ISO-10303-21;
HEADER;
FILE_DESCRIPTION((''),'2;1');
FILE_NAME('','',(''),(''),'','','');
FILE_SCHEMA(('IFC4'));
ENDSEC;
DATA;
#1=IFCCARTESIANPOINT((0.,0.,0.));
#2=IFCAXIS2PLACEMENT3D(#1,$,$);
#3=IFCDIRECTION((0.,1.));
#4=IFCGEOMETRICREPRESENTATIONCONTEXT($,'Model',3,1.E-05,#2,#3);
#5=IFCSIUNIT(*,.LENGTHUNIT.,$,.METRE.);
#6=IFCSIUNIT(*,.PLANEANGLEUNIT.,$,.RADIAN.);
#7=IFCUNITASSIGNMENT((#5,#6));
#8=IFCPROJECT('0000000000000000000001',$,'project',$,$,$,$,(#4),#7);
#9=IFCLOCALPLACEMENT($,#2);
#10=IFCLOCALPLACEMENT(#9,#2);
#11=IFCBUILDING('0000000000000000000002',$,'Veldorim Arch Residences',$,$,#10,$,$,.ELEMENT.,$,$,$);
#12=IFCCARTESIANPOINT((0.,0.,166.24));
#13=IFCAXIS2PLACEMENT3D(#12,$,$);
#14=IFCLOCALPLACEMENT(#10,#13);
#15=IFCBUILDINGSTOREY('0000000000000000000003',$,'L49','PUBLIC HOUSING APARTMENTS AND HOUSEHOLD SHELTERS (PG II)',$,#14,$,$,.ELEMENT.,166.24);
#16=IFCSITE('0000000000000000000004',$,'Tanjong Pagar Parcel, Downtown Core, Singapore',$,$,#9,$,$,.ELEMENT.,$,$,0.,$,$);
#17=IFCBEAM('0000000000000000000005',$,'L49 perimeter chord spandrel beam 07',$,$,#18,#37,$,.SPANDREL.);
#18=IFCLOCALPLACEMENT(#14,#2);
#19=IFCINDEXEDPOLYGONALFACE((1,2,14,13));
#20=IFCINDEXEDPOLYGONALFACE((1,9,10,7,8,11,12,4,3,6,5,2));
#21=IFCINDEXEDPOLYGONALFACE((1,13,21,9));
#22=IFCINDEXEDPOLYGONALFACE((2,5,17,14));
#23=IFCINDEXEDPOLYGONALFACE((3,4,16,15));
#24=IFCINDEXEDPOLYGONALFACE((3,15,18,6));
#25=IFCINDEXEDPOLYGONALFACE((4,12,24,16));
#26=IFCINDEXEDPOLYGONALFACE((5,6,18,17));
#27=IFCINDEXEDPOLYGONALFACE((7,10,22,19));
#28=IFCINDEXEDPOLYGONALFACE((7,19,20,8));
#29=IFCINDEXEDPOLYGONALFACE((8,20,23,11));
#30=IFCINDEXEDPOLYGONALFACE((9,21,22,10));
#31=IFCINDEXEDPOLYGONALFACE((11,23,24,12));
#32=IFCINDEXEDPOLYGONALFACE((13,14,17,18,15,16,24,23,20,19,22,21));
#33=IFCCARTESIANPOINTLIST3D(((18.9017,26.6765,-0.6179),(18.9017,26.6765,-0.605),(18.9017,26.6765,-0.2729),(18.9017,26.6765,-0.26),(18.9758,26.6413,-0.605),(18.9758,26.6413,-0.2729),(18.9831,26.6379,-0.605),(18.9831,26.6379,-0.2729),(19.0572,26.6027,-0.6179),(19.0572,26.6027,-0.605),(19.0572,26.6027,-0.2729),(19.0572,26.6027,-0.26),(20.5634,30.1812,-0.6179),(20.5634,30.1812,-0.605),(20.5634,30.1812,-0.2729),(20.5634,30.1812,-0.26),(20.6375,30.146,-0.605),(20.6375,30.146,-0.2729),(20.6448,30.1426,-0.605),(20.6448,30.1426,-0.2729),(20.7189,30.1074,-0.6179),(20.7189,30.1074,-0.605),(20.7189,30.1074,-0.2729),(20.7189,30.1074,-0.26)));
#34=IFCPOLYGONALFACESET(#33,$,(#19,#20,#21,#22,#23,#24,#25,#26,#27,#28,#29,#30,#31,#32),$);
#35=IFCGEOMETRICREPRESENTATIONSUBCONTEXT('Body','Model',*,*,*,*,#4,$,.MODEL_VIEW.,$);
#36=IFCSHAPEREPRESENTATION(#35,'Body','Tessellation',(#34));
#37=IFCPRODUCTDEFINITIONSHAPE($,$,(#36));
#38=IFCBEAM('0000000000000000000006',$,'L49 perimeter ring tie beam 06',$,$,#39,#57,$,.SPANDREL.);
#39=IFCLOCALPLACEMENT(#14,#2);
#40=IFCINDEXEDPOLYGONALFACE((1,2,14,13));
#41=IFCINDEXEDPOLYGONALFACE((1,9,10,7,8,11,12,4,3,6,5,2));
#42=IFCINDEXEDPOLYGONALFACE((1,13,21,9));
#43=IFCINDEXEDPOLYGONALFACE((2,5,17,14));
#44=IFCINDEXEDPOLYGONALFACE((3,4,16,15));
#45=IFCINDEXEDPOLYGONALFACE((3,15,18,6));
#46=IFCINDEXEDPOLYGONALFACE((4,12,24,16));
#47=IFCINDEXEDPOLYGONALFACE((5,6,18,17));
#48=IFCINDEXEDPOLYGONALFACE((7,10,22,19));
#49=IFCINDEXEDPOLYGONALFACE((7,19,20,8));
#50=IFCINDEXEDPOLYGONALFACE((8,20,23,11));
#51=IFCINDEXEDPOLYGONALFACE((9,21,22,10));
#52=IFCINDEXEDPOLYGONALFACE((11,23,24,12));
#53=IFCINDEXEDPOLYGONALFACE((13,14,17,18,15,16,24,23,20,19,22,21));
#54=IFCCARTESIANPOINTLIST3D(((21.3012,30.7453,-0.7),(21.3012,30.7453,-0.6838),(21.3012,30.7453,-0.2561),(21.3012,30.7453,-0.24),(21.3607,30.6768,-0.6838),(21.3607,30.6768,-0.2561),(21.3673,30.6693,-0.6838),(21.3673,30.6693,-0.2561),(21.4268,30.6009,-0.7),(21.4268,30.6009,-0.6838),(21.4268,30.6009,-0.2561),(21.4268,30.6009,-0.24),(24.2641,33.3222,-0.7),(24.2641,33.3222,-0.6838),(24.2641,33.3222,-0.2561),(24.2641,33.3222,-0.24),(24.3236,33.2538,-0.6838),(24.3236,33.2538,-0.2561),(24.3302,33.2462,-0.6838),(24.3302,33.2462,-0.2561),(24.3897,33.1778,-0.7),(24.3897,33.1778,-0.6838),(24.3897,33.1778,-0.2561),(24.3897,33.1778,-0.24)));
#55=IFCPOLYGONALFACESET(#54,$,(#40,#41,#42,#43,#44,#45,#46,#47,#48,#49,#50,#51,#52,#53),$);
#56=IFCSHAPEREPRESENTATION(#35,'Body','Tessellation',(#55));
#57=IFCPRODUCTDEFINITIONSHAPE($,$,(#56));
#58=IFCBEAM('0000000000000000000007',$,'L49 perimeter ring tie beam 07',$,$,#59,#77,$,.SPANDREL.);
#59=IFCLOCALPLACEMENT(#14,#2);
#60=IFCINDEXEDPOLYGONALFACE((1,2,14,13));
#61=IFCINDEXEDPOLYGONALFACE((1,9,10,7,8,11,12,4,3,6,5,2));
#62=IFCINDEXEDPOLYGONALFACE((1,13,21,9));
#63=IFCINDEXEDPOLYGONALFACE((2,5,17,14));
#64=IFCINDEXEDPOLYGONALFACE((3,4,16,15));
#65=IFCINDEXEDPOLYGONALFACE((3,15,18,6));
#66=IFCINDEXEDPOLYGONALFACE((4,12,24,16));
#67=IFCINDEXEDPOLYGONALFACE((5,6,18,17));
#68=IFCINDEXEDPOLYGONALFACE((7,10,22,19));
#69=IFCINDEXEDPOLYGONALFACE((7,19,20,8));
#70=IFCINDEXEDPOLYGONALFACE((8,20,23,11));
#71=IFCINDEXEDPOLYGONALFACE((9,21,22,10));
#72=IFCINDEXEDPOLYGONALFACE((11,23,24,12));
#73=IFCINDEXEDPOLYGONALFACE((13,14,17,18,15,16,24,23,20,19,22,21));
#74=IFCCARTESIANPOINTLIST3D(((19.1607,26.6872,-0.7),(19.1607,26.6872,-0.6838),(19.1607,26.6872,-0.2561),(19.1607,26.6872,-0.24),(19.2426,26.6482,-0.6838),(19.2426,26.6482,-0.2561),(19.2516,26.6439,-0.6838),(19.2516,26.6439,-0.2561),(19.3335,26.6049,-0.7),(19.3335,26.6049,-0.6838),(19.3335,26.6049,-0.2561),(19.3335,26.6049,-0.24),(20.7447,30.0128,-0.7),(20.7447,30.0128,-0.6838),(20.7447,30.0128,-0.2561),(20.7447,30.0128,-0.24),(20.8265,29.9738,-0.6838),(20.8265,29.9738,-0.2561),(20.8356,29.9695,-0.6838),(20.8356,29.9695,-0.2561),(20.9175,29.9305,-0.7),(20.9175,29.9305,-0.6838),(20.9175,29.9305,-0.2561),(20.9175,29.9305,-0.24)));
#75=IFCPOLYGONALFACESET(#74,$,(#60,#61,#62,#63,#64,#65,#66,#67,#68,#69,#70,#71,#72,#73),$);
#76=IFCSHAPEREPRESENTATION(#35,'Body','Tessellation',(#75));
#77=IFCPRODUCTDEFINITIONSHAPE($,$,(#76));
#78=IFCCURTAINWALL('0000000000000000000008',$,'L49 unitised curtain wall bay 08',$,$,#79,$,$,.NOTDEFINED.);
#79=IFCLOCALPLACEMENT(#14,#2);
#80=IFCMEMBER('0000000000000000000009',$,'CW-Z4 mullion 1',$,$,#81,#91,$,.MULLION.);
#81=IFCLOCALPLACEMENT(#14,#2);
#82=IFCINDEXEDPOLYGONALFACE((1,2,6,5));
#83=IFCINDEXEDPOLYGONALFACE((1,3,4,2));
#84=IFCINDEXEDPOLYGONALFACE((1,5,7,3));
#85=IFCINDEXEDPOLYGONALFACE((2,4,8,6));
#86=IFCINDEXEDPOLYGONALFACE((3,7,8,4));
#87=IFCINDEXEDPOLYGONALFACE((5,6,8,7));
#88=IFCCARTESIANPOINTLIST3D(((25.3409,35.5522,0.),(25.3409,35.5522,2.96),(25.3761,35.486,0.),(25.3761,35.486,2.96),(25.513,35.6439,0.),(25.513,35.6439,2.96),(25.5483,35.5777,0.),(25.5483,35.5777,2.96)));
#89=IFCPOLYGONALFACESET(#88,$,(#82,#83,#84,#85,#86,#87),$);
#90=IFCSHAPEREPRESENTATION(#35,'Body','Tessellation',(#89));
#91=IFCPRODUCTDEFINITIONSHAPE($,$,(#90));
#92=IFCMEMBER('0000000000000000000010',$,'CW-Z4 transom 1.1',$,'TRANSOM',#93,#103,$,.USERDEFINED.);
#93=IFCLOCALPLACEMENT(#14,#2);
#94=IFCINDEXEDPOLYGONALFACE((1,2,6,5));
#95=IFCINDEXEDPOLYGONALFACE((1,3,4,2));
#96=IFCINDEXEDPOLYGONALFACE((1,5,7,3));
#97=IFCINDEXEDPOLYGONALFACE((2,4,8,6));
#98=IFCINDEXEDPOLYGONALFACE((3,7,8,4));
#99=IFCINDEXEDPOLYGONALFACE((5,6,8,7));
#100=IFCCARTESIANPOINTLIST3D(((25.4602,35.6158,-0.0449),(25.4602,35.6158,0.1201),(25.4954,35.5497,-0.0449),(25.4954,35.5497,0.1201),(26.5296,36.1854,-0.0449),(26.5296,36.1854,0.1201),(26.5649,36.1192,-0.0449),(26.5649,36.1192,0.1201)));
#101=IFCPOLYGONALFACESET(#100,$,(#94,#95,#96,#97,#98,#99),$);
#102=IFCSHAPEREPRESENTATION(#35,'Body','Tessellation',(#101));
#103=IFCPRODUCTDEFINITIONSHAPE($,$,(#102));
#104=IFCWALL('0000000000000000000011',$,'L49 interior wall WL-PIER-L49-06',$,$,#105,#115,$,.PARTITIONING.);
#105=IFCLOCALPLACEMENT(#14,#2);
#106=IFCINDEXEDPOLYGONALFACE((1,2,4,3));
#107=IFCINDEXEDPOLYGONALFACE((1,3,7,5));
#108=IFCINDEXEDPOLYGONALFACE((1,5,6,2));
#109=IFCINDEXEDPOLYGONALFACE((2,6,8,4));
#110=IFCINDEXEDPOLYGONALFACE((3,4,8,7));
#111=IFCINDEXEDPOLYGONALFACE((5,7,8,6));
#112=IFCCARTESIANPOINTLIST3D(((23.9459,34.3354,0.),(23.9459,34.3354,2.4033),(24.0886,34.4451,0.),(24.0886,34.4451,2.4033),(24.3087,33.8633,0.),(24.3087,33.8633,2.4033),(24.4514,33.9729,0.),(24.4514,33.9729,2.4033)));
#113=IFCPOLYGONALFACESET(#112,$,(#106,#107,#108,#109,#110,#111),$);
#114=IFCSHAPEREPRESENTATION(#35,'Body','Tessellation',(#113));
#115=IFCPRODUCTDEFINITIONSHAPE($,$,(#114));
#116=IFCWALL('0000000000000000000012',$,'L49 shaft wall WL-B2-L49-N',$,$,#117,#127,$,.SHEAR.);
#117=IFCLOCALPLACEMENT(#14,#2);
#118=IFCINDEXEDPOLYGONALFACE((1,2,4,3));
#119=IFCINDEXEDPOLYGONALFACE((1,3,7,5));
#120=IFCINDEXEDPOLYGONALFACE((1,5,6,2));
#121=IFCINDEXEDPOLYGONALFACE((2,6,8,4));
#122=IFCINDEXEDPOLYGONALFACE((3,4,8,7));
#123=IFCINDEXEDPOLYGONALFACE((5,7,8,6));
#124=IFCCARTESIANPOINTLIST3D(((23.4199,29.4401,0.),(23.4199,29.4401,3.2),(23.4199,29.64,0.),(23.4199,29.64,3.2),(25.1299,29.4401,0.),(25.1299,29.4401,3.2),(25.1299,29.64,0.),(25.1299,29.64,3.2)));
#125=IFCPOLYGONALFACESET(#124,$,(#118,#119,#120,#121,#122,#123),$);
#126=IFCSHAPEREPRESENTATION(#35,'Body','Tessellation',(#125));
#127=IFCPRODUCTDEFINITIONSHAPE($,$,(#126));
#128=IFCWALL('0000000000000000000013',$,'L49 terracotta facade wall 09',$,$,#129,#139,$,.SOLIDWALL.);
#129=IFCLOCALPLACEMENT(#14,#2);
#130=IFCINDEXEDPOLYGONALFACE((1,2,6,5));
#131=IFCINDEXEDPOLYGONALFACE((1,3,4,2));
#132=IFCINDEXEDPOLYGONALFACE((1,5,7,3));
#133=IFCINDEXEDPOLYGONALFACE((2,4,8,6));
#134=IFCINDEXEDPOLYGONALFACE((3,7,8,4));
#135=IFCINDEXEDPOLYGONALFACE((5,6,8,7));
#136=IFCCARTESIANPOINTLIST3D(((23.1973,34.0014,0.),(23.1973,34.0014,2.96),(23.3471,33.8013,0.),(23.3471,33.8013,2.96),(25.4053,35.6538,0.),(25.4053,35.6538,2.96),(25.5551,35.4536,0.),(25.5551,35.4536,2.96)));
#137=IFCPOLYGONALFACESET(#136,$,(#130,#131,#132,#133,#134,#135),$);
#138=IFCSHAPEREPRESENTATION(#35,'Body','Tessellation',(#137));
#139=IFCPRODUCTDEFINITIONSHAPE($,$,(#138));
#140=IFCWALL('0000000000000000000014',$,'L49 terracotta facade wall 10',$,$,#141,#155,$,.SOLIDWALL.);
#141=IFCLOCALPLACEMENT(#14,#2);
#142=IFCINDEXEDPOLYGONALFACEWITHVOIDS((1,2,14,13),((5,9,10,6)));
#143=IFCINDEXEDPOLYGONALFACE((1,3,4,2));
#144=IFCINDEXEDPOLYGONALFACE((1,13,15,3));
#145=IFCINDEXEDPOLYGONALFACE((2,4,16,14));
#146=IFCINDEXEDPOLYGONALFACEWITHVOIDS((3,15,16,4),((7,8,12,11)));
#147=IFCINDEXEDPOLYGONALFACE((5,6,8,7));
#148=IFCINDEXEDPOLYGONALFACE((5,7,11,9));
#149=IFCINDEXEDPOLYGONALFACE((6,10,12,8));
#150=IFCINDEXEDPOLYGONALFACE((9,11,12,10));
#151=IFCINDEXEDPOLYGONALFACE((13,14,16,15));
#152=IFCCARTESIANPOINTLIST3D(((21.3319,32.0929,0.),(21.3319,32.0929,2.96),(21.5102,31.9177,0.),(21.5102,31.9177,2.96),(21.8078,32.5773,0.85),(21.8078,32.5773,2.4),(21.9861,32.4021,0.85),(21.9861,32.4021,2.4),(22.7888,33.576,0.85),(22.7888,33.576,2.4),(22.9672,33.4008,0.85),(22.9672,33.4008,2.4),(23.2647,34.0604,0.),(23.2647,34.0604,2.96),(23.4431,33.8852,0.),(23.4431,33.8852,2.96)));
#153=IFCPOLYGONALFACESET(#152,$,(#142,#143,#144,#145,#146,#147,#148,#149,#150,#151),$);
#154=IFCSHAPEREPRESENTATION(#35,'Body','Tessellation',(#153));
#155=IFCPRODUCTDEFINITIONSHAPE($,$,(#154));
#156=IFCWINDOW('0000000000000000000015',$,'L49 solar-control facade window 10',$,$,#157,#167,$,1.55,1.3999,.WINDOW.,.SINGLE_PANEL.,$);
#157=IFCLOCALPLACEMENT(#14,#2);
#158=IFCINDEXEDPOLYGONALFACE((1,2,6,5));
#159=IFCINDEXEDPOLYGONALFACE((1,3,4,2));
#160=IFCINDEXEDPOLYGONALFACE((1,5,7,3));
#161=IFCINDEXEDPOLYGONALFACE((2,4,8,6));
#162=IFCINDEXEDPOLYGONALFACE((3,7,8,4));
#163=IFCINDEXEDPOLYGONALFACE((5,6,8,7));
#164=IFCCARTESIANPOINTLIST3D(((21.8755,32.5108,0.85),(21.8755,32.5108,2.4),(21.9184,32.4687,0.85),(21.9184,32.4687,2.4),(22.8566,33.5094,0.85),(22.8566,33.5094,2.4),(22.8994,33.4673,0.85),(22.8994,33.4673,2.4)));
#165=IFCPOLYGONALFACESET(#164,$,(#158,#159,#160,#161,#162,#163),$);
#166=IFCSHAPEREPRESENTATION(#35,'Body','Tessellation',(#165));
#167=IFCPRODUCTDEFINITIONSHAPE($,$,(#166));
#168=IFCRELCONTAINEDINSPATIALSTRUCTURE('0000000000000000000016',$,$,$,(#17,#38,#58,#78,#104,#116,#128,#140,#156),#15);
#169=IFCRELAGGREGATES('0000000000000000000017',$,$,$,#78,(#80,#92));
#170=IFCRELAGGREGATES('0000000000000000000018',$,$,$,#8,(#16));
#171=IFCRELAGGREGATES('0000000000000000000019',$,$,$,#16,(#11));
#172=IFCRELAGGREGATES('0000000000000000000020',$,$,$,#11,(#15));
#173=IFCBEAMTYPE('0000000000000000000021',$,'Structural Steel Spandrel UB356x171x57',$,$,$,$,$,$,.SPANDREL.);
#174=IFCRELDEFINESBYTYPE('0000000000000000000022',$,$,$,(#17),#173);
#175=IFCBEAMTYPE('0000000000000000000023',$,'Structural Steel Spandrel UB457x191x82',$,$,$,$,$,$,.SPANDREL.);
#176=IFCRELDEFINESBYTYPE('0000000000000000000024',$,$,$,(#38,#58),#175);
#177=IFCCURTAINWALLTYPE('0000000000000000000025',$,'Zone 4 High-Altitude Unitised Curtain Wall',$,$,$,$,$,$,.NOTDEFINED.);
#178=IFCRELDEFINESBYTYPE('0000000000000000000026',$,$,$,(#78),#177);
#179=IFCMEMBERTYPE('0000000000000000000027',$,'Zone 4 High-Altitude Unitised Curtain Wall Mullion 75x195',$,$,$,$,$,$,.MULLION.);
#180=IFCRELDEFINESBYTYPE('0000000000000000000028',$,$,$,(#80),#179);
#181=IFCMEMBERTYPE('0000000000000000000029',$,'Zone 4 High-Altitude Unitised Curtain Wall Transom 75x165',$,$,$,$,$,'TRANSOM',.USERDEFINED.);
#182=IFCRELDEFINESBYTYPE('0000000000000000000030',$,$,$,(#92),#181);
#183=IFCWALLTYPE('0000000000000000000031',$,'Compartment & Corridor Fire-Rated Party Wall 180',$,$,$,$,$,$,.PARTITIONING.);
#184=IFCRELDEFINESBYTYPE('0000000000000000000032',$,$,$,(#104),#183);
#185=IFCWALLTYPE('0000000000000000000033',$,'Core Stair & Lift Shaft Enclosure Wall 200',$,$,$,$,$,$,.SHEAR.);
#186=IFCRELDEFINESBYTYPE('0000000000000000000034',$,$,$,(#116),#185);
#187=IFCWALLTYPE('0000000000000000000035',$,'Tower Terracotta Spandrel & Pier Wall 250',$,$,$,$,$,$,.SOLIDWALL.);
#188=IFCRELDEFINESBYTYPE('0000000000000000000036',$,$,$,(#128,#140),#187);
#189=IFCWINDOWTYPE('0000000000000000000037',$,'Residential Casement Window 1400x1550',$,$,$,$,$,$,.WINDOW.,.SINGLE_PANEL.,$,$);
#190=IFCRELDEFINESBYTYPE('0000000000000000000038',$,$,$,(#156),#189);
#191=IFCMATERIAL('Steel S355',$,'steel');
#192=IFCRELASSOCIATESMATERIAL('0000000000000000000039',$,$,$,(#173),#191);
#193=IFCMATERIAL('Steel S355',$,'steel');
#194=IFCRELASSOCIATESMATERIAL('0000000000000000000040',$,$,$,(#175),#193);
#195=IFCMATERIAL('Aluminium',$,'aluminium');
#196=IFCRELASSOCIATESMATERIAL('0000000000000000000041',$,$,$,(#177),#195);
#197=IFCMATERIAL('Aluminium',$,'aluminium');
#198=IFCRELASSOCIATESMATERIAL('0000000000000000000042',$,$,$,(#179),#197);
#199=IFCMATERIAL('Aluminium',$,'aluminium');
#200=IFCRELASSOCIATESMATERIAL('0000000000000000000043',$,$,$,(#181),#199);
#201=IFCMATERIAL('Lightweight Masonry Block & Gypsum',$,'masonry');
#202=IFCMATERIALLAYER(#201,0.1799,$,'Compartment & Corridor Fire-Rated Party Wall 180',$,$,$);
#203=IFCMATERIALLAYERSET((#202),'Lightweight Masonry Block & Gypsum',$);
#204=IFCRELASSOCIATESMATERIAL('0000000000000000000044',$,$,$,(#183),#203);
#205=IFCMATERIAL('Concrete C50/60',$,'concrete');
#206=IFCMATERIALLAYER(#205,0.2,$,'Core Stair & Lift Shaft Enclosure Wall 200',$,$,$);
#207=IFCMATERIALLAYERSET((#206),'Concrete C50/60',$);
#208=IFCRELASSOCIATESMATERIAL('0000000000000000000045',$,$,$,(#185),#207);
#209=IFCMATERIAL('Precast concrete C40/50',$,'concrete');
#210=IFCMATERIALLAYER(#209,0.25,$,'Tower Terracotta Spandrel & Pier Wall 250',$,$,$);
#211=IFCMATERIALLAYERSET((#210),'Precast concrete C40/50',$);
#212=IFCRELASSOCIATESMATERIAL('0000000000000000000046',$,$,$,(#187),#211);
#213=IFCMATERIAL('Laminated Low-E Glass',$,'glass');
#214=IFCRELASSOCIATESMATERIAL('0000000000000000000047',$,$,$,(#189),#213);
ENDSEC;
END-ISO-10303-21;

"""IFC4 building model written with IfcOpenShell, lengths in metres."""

from ifc_helpers import new_model, si_unit, direction, frame, frame_2d, origin, origin_2d, place, context, subcontext, project, spatial, rectangle, i_section, extrude, material, layer, layer_set, material_profile, profile_set, type_object, element, fill, aggregate, save


model = new_model("IFC4")

# Units and contexts
model_context = context("Model", 3, precision=1e-05, world=origin(), true_north=direction((0.0, 1.0)))
body_context = subcontext(model_context, "Body", "Model", "MODEL_VIEW")
ifc_project = project(units=[si_unit("LENGTHUNIT", "METRE"), si_unit("PLANEANGLEUNIT", "RADIAN")], contexts=[model_context])

# Site, building, storey
site_placement = place(None, origin())
site = spatial("IfcSite", under=ifc_project, at=site_placement, Name="Tanjong Pagar Parcel, Downtown Core, Singapore", CompositionType="ELEMENT", RefElevation=0.0)
building_placement = place(site_placement, origin())
building = spatial("IfcBuilding", under=site, at=building_placement, Name="Veldorim Arch Residences", CompositionType="ELEMENT")
storey_placement = place(building_placement, frame((0.0, 0.0, 166.24)))
storey = spatial("IfcBuildingStorey", under=building, at=storey_placement, Name="L49", Description="PUBLIC HOUSING APARTMENTS AND HOUSEHOLD SHELTERS (PG II)", CompositionType="ELEMENT", Elevation=166.24)

# Beams
ifc_material_1 = material(Name="Steel S355", Category="steel")
ifc_material_profile_1 = material_profile(ifc_material_1, i_section(OverallWidth=0.1721, OverallDepth=0.3579, WebThickness=0.0081, FlangeThickness=0.0129, at=origin_2d()), Name="UB356x171x57")
ifc_profile_set_1 = profile_set([ifc_material_profile_1], Name="Steel S355")
beam_type_1 = type_object("IfcBeamType", Name="Structural Steel Spandrel UB356x171x57", PredefinedType="SPANDREL", material=ifc_profile_set_1)
beam_1_placement = place(storey_placement, frame((20.6411, 30.1443, -0.439), z_axis=(-0.428408, -0.903585, 0.0), x_axis=(0.903585, -0.428408, 0.0)))
element("IfcBeam", 1, at=beam_1_placement, inside=storey, type_object=beam_type_1, Name="L49 perimeter chord spandrel beam 07", PredefinedType="SPANDREL", context=body_context, shape_type="SweptSolid", body=[
    extrude(i_section(OverallWidth=0.1721, OverallDepth=0.3579, WebThickness=0.0081, FlangeThickness=0.0129, at=origin_2d()), origin(), (0.0, 0.0, 1.0), 3.8787),
])
ifc_material_2 = material(Name="Steel S355", Category="steel")
ifc_material_profile_2 = material_profile(ifc_material_2, i_section(OverallWidth=0.1914, OverallDepth=0.46, WebThickness=0.01, FlangeThickness=0.0161, at=origin_2d()), Name="UB457x191x82")
ifc_profile_set_2 = profile_set([ifc_material_profile_2], Name="Steel S355")
beam_type_2 = type_object("IfcBeamType", Name="Structural Steel Spandrel UB457x191x82", PredefinedType="SPANDREL", material=ifc_profile_set_2)
beam_2_placement = place(storey_placement, frame((24.3269, 33.25, -0.47), z_axis=(-0.754545, -0.656248, 0.0), x_axis=(0.656248, -0.754545, 0.0)))
element("IfcBeam", 2, at=beam_2_placement, inside=storey, type_object=beam_type_2, Name="L49 perimeter ring tie beam 06", PredefinedType="SPANDREL", context=body_context, shape_type="SweptSolid", body=[
    extrude(i_section(OverallWidth=0.1914, OverallDepth=0.46, WebThickness=0.01, FlangeThickness=0.0161, at=origin_2d()), origin(), (0.0, 0.0, 1.0), 3.9268),
])
beam_3_placement = place(storey_placement, frame((20.8311, 29.9717, -0.47), z_axis=(-0.430006, -0.902826, 0.0), x_axis=(0.902826, -0.430006, 0.0)))
element("IfcBeam", 3, at=beam_3_placement, inside=storey, type_object=beam_type_2, Name="L49 perimeter ring tie beam 07", PredefinedType="SPANDREL", context=body_context, shape_type="SweptSolid", body=[
    extrude(i_section(OverallWidth=0.1914, OverallDepth=0.46, WebThickness=0.01, FlangeThickness=0.0161, at=origin_2d()), origin(), (0.0, 0.0, 1.0), 3.6836),
])

# Curtain wall, members
ifc_material_3 = material(Name="Aluminium", Category="aluminium")
curtain_wall_type = type_object("IfcCurtainWallType", Name="Zone 4 High-Altitude Unitised Curtain Wall", PredefinedType="NOTDEFINED", material=ifc_material_3)
curtain_wall_placement = place(storey_placement, origin())
curtain_wall = element("IfcCurtainWall", 4, at=curtain_wall_placement, inside=storey, type_object=curtain_wall_type, Name="L49 unitised curtain wall bay 08", PredefinedType="NOTDEFINED")
ifc_material_4 = material(Name="Aluminium", Category="aluminium")
ifc_material_profile_3 = material_profile(ifc_material_4, rectangle(XDim=0.075, YDim=0.1951, at=origin_2d()), Name="ALU_MUL_75x195")
ifc_profile_set_3 = profile_set([ifc_material_profile_3], Name="Aluminium")
member_type_1 = type_object("IfcMemberType", Name="Zone 4 High-Altitude Unitised Curtain Wall Mullion 75x195", PredefinedType="MULLION", material=ifc_profile_set_3)
member_1_placement = place(storey_placement, frame((25.4446, 35.5649, 0.0), z_axis=(0.0, 0.0, 1.0), x_axis=(-0.470186, 0.882567, 0.0)))
member_1 = element("IfcMember", 5, at=member_1_placement, type_object=member_type_1, Name="CW-Z4 mullion 1", PredefinedType="MULLION", context=body_context, shape_type="SweptSolid", body=[
    extrude(rectangle(XDim=0.075, YDim=0.1951, at=origin_2d()), origin(), (0.0, 0.0, 1.0), 2.96),
])
ifc_material_5 = material(Name="Aluminium", Category="aluminium")
ifc_material_profile_4 = material_profile(ifc_material_5, rectangle(XDim=0.075, YDim=0.165, at=origin_2d()), Name="ALU_TRN_75x165")
ifc_profile_set_4 = profile_set([ifc_material_profile_4], Name="Aluminium")
member_type_2 = type_object("IfcMemberType", Name="Zone 4 High-Altitude Unitised Curtain Wall Transom 75x165", ElementType="TRANSOM", PredefinedType="USERDEFINED", material=ifc_profile_set_4)
member_2_placement = place(storey_placement, frame((25.4778, 35.5828, 0.0376), z_axis=(0.882648, 0.470034, 0.0), x_axis=(-0.470034, 0.882648, 0.0)))
member_2 = element("IfcMember", 6, at=member_2_placement, type_object=member_type_2, Name="CW-Z4 transom 1.1", ObjectType="TRANSOM", PredefinedType="USERDEFINED", context=body_context, shape_type="SweptSolid", body=[
    extrude(rectangle(XDim=0.075, YDim=0.165, at=origin_2d()), origin(), (0.0, 0.0, 1.0), 1.2117),
])
aggregate(curtain_wall, [member_1, member_2])

# Walls
ifc_material_6 = material(Name="Lightweight Masonry Block & Gypsum", Category="masonry")
ifc_layer_1 = layer(ifc_material_6, 0.1799, Name="Compartment & Corridor Fire-Rated Party Wall 180")
ifc_layer_set_1 = layer_set([ifc_layer_1], Name="Lightweight Masonry Block & Gypsum")
wall_type_1 = type_object("IfcWallType", Name="Compartment & Corridor Fire-Rated Party Wall 180", PredefinedType="PARTITIONING", material=ifc_layer_set_1)
wall_1_placement = place(storey_placement, frame((24.3801, 33.918, 0.0), z_axis=(0.0, 0.0, 1.0), x_axis=(-0.609275, 0.792959, 0.0)))
element("IfcWall", 7, at=wall_1_placement, inside=storey, type_object=wall_type_1, Name="L49 interior wall WL-PIER-L49-06", PredefinedType="PARTITIONING", context=body_context, shape_type="SweptSolid", body=[
    extrude(rectangle(XDim=0.5955, YDim=0.1799, at=frame_2d((0.2979, 0.0))), origin(), (0.0, 0.0, 1.0), 2.4033),
])
ifc_material_7 = material(Name="Concrete C50/60", Category="concrete")
ifc_layer_2 = layer(ifc_material_7, 0.2, Name="Core Stair & Lift Shaft Enclosure Wall 200")
ifc_layer_set_2 = layer_set([ifc_layer_2], Name="Concrete C50/60")
wall_type_2 = type_object("IfcWallType", Name="Core Stair & Lift Shaft Enclosure Wall 200", PredefinedType="SHEAR", material=ifc_layer_set_2)
wall_2_placement = place(storey_placement, frame((23.4199, 29.54, 0.0), z_axis=(0.0, 0.0, 1.0), x_axis=(1.0, 0.0, 0.0)))
element("IfcWall", 8, at=wall_2_placement, inside=storey, type_object=wall_type_2, Name="L49 shaft wall WL-B2-L49-N", PredefinedType="SHEAR", context=body_context, shape_type="SweptSolid", body=[
    extrude(rectangle(XDim=1.71, YDim=0.2, at=frame_2d((0.855, 0.0))), origin(), (0.0, 0.0, 1.0), 3.2),
])

# Wall
ifc_material_8 = material(Name="Precast concrete C40/50", Category="concrete")
ifc_layer_3 = layer(ifc_material_8, 0.25, Name="Tower Terracotta Spandrel & Pier Wall 250")
ifc_layer_set_3 = layer_set([ifc_layer_3], Name="Precast concrete C40/50")
wall_type_3 = type_object("IfcWallType", Name="Tower Terracotta Spandrel & Pier Wall 250", PredefinedType="SOLIDWALL", material=ifc_layer_set_3)
wall_3_placement = place(storey_placement, frame((23.2722, 33.9014, 0.0), z_axis=(0.0, 0.0, 1.0), x_axis=(0.800637, 0.59915, 0.0)))
element("IfcWall", 9, at=wall_3_placement, inside=storey, type_object=wall_type_3, Name="L49 terracotta facade wall 09", PredefinedType="SOLIDWALL", context=body_context, shape_type="SweptSolid", body=[
    extrude(rectangle(XDim=2.7578, YDim=0.25, at=frame_2d((1.3789, 0.0))), origin(), (0.0, 0.0, 1.0), 2.96),
])

# Wall, opening, window
wall_4_placement = place(storey_placement, frame((21.4211, 32.0054, 0.0), z_axis=(0.0, 0.0, 1.0), x_axis=(0.700794, 0.713364, 0.0)))
wall_4 = element("IfcWall", 10, at=wall_4_placement, inside=storey, type_object=wall_type_3, Name="L49 terracotta facade wall 10", PredefinedType="SOLIDWALL", context=body_context, shape_type="SweptSolid", body=[
    extrude(rectangle(XDim=2.7581, YDim=0.25, at=frame_2d((1.3789, 0.0))), origin(), (0.0, 0.0, 1.0), 2.96),
])
opening_1_placement = place(wall_4_placement, frame((0.679, 0.0, 0.8501)))
opening_1 = element("IfcOpeningElement", 11, at=opening_1_placement, cuts=wall_4, PredefinedType="OPENING", context=body_context, shape_type="SweptSolid", body=[
    extrude(rectangle(XDim=1.3999, YDim=1.55, at=frame_2d((0.7, 0.7749))), frame((0.0, 0.135, 0.0), z_axis=(0.0, -1.0, 0.0), x_axis=(1.0, 0.0, 0.0)), (0.0, 0.0, 1.0), 0.27),
])
ifc_material_9 = material(Name="Laminated Low-E Glass", Category="glass")
window_type = type_object("IfcWindowType", Name="Residential Casement Window 1400x1550", PartitioningType="SINGLE_PANEL", PredefinedType="WINDOW", material=ifc_material_9)
window_placement = place(opening_1_placement, origin())
window = element("IfcWindow", 12, at=window_placement, inside=storey, type_object=window_type, Name="L49 solar-control facade window 10", OverallHeight=1.55, OverallWidth=1.3999, PartitioningType="SINGLE_PANEL", PredefinedType="WINDOW", context=body_context, shape_type="SweptSolid", body=[
    extrude(rectangle(XDim=1.3999, YDim=1.55, at=frame_2d((0.7, 0.7749))), frame((0.0, 0.03, 0.0), z_axis=(0.0, -1.0, 0.0), x_axis=(1.0, 0.0, 0.0)), (0.0, 0.0, 1.0), 0.0601),
])
fill(opening_1, window)

save(model, "model.ifc")
